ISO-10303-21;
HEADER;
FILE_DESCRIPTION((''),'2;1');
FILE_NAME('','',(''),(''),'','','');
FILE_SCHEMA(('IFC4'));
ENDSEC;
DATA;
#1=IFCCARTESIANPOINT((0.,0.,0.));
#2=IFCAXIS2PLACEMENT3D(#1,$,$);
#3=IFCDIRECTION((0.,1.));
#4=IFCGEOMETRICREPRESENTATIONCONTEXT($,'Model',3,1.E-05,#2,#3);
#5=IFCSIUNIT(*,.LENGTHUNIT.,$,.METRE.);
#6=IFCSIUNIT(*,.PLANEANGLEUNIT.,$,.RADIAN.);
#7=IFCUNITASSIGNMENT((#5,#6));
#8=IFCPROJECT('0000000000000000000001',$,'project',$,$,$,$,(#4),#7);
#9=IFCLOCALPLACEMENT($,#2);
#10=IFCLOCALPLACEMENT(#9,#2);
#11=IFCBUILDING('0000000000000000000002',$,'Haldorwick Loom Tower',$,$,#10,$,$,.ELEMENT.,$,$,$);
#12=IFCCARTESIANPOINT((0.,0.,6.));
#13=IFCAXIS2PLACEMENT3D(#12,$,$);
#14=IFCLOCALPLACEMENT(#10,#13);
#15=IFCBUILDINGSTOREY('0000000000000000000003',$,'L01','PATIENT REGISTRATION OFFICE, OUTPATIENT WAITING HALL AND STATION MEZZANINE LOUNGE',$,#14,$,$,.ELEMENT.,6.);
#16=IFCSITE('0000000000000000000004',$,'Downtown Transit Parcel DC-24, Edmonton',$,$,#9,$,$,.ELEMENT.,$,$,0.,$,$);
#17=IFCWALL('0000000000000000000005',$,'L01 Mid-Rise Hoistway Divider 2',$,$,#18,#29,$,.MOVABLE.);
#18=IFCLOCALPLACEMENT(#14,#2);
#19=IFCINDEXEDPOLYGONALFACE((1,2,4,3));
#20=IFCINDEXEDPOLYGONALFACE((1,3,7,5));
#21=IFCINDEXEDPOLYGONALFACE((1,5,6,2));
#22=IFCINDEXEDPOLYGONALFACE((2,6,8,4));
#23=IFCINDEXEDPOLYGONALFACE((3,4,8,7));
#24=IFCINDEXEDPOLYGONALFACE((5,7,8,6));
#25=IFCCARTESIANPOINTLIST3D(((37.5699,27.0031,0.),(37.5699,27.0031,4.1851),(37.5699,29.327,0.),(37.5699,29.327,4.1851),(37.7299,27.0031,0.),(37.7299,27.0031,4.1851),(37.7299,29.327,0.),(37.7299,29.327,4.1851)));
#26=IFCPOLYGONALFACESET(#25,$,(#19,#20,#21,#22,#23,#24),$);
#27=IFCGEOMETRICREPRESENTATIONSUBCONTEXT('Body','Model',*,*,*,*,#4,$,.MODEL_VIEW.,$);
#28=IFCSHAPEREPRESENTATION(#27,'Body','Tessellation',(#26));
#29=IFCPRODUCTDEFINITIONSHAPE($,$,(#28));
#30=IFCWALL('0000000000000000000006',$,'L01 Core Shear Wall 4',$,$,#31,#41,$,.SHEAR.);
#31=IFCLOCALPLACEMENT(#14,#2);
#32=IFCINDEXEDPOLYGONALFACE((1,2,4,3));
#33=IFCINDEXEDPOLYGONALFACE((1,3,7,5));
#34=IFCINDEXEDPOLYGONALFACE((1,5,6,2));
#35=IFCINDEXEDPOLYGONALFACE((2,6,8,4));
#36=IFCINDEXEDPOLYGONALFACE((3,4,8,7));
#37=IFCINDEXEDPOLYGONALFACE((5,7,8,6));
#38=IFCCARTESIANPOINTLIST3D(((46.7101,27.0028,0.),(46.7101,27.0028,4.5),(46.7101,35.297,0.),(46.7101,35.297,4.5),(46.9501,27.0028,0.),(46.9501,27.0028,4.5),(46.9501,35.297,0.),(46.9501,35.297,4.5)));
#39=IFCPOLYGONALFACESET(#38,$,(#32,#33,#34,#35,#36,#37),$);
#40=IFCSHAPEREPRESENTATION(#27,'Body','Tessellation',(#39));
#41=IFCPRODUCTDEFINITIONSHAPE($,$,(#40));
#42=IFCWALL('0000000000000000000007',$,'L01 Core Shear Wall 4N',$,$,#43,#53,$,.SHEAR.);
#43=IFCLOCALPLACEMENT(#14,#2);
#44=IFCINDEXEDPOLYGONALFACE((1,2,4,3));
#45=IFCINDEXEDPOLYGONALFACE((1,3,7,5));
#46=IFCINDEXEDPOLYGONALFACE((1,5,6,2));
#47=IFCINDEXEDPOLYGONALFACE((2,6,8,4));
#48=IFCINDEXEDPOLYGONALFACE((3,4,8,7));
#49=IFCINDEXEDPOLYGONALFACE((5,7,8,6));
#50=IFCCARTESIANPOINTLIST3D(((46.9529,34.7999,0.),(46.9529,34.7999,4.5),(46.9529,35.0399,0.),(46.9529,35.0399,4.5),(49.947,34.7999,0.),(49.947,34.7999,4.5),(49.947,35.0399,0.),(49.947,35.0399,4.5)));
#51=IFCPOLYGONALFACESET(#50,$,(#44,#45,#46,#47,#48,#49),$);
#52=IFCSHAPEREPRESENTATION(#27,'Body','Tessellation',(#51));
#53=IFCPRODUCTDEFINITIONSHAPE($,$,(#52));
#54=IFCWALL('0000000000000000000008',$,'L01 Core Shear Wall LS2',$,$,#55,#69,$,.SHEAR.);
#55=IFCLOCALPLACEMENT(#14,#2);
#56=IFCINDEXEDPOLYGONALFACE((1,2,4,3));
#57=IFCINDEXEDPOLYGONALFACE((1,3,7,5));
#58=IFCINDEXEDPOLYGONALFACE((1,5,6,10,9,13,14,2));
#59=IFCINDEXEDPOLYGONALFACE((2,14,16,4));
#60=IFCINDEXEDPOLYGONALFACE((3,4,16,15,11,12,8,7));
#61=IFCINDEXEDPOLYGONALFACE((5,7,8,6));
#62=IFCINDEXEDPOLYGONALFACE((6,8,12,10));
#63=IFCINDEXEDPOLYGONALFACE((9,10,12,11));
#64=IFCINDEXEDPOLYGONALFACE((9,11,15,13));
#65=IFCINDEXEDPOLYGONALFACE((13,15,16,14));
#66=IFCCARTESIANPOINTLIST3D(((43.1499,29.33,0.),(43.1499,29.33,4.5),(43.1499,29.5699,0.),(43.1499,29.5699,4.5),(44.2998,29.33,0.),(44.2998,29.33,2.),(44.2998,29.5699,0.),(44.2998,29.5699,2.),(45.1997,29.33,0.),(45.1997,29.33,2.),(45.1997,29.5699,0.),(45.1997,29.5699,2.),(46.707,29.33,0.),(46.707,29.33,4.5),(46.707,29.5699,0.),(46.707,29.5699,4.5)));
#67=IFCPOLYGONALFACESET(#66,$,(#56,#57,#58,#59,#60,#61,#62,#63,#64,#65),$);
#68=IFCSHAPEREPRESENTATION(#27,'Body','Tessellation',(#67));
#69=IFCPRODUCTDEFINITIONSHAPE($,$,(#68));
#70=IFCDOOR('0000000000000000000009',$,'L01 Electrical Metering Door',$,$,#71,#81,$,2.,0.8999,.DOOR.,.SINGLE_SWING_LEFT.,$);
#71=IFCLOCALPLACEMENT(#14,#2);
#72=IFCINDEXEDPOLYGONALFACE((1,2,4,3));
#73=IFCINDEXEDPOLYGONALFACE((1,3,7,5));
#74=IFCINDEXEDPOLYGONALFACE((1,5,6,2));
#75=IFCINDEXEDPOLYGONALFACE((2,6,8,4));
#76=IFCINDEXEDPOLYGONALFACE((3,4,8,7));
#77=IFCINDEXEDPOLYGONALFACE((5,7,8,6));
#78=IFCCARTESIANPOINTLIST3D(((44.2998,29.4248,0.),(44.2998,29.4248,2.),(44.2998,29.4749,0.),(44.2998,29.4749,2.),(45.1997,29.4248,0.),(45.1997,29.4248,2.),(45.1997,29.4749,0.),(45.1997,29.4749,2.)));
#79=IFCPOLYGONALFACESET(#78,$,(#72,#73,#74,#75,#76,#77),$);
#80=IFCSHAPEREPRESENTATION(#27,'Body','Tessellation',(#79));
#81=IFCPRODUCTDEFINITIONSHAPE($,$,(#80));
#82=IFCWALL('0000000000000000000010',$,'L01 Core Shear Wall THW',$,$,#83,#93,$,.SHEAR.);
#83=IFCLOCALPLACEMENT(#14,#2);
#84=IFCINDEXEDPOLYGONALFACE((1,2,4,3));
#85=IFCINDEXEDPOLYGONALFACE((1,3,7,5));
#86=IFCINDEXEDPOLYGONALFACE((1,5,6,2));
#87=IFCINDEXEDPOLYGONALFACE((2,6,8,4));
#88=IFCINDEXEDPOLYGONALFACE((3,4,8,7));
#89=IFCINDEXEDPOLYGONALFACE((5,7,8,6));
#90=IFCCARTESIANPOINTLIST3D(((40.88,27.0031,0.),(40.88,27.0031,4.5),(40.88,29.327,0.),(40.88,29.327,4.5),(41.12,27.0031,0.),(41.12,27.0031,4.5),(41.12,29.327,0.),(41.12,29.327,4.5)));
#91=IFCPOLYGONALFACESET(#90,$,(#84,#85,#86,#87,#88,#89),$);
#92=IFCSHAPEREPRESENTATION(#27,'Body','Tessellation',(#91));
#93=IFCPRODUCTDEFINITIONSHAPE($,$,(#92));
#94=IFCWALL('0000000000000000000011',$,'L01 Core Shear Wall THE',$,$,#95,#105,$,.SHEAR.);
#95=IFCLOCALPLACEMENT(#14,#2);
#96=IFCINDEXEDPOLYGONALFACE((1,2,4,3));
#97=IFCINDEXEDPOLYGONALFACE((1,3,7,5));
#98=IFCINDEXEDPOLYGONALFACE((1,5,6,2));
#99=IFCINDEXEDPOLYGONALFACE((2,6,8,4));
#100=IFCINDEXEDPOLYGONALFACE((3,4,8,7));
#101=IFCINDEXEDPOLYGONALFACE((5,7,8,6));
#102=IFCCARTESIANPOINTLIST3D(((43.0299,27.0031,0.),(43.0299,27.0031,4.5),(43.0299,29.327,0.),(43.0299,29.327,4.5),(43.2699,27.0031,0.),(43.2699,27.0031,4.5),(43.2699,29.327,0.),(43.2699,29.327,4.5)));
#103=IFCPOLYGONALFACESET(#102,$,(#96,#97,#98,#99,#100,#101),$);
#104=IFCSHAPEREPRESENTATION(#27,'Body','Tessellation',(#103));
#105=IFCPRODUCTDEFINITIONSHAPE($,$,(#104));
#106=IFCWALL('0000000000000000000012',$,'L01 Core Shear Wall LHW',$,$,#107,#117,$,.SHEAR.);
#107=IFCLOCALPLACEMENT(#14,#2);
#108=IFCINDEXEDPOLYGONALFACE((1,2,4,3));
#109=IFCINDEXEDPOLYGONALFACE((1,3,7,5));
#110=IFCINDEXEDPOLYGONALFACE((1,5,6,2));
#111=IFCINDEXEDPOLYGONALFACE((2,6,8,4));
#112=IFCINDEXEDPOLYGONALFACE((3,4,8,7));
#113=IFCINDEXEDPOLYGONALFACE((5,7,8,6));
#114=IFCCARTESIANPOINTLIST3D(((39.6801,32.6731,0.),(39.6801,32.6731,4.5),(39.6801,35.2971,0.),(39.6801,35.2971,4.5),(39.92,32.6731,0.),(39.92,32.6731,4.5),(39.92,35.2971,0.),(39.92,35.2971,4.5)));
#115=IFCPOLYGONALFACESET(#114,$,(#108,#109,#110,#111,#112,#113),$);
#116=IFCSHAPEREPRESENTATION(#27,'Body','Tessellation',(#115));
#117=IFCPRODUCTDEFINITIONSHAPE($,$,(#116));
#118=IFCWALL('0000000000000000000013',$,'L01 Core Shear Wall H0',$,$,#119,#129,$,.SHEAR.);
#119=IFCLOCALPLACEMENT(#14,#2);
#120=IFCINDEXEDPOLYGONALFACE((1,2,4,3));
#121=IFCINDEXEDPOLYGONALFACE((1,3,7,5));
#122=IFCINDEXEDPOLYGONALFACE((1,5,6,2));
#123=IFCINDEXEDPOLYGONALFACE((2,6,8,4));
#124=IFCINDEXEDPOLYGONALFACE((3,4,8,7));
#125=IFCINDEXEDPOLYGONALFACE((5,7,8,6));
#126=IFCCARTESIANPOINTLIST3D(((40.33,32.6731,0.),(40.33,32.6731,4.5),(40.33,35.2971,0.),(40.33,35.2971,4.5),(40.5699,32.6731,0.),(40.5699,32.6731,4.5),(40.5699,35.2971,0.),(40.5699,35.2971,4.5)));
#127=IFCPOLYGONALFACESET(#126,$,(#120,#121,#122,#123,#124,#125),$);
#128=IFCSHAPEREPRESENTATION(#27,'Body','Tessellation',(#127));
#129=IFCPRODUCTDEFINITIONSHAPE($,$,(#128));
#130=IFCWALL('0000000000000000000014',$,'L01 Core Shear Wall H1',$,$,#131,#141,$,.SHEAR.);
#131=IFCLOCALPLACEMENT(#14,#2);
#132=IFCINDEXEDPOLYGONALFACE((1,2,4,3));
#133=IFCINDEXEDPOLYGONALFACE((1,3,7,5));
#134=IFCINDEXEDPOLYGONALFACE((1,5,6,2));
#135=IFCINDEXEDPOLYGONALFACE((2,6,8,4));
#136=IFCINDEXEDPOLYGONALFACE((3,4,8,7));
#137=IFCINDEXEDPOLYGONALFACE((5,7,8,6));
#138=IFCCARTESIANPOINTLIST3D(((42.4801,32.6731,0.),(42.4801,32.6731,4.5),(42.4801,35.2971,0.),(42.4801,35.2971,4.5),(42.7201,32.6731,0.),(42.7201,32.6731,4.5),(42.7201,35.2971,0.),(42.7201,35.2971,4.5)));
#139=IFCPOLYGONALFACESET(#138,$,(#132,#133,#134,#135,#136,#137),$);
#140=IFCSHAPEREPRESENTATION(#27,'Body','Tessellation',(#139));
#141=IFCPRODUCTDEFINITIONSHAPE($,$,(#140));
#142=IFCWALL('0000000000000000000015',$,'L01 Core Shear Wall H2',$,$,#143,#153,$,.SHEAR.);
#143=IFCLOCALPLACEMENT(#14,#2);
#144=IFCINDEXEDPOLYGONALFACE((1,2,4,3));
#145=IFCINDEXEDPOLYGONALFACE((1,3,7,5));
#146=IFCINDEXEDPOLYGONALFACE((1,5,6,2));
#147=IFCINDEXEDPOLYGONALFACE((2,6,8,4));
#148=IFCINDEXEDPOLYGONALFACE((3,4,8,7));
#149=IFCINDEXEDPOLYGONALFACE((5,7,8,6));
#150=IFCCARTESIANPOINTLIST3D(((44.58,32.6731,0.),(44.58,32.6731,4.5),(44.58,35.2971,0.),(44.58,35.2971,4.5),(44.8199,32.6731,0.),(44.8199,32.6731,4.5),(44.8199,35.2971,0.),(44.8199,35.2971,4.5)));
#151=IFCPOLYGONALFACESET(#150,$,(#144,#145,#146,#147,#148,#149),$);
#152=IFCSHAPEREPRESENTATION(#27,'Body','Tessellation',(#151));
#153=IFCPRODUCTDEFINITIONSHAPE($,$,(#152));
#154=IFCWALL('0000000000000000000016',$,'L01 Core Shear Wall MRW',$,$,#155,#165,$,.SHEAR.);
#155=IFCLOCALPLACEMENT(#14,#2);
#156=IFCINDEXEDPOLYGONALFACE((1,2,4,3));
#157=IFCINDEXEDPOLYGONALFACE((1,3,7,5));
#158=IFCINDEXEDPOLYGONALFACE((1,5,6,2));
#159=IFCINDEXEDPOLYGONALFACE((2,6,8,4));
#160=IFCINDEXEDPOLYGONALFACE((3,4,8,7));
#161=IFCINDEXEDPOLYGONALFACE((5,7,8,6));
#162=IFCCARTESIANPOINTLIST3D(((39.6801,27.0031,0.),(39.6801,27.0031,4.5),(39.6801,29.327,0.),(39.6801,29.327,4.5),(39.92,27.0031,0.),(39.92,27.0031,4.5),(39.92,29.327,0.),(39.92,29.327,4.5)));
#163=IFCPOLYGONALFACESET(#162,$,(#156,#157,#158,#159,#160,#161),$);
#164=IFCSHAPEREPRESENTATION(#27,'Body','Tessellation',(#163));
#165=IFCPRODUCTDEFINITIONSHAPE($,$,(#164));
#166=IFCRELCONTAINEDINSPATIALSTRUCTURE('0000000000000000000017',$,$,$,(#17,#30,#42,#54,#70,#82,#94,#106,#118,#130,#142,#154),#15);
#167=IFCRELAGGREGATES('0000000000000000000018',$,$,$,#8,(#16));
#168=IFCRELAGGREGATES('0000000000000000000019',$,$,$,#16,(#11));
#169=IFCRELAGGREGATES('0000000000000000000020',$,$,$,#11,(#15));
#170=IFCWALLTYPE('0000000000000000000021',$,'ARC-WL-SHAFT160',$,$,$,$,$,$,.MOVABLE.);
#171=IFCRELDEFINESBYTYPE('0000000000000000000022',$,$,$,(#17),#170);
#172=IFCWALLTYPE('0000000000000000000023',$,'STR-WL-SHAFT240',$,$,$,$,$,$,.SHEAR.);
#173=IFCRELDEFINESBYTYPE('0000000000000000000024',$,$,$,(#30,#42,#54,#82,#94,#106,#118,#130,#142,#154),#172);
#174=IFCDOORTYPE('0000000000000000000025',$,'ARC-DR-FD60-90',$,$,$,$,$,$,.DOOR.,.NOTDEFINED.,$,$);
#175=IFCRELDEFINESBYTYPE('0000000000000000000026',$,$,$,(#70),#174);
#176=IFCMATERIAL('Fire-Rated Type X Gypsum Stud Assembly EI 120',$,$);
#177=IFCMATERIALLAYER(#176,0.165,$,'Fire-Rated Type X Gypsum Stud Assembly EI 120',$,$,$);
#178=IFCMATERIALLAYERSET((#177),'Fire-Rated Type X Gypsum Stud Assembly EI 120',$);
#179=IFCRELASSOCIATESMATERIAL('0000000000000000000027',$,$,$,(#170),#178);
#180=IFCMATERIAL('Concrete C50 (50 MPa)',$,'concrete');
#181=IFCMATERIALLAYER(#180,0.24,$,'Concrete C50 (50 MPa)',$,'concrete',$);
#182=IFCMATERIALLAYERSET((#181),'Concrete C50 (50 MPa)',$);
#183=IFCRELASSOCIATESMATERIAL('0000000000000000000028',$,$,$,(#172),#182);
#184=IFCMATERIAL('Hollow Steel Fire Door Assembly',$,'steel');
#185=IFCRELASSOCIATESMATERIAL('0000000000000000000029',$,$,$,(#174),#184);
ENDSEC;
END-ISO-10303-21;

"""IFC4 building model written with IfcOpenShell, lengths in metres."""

from ifc_helpers import new_model, si_unit, direction, frame, frame_2d, origin, place, context, subcontext, project, spatial, rectangle, extrude, material, layer, layer_set, type_object, element, fill, save


model = new_model("IFC4")

# Units and contexts
model_context = context("Model", 3, precision=1e-05, world=origin(), true_north=direction((0.0, 1.0)))
body_context = subcontext(model_context, "Body", "Model", "MODEL_VIEW")
ifc_project = project(units=[si_unit("LENGTHUNIT", "METRE"), si_unit("PLANEANGLEUNIT", "RADIAN")], contexts=[model_context])

# Site, building, storey
site_placement = place(None, origin())
site = spatial("IfcSite", under=ifc_project, at=site_placement, Name="Downtown Transit Parcel DC-24, Edmonton", CompositionType="ELEMENT", RefElevation=0.0)
building_placement = place(site_placement, origin())
building = spatial("IfcBuilding", under=site, at=building_placement, Name="Haldorwick Loom Tower", CompositionType="ELEMENT")
storey_placement = place(building_placement, frame((0.0, 0.0, 6.0)))
storey = spatial("IfcBuildingStorey", under=building, at=storey_placement, Name="L01", Description="PATIENT REGISTRATION OFFICE, OUTPATIENT WAITING HALL AND STATION MEZZANINE LOUNGE", CompositionType="ELEMENT", Elevation=6.0)

# Walls
ifc_material_1 = material(Name="Fire-Rated Type X Gypsum Stud Assembly EI 120")
ifc_layer_1 = layer(ifc_material_1, 0.165, Name="Fire-Rated Type X Gypsum Stud Assembly EI 120")
ifc_layer_set_1 = layer_set([ifc_layer_1], Name="Fire-Rated Type X Gypsum Stud Assembly EI 120")
wall_type_1 = type_object("IfcWallType", Name="ARC-WL-SHAFT160", PredefinedType="MOVABLE", material=ifc_layer_set_1)
for number, where, z_axis, x_axis, name in (
    (1, (37.6499, 27.0029, 0.0), (0.0, 0.0, 1.0), (0.0, 1.0, 0.0), "L01 Mid-Rise Hoistway Divider 2"),
):
    element("IfcWall", number, at=place(storey_placement, frame(where, z_axis=z_axis, x_axis=x_axis)), inside=storey, type_object=wall_type_1, Name=name, PredefinedType="MOVABLE", context=body_context, shape_type="SweptSolid", body=[
        extrude(rectangle(XDim=2.324, YDim=0.1599, at=frame_2d((1.1621, 0.0))), origin(), (0.0, 0.0, 1.0), 4.1851),
    ])
ifc_material_2 = material(Name="Concrete C50 (50 MPa)", Category="concrete")
ifc_layer_2 = layer(ifc_material_2, 0.24, Name="Concrete C50 (50 MPa)", Category="concrete")
ifc_layer_set_2 = layer_set([ifc_layer_2], Name="Concrete C50 (50 MPa)")
wall_type_2 = type_object("IfcWallType", Name="STR-WL-SHAFT240", PredefinedType="SHEAR", material=ifc_layer_set_2)
wall_1_placement = place(storey_placement, frame((46.8301, 27.0029, 0.0), z_axis=(0.0, 0.0, 1.0), x_axis=(0.0, 1.0, 0.0)))
element("IfcWall", 2, at=wall_1_placement, inside=storey, type_object=wall_type_2, Name="L01 Core Shear Wall 4", PredefinedType="SHEAR", context=body_context, shape_type="SweptSolid", body=[
    extrude(rectangle(XDim=8.2942, YDim=0.24, at=frame_2d((4.147, 0.0))), origin(), (0.0, 0.0, 1.0), 4.5),
])
wall_2_placement = place(storey_placement, frame((46.9529, 34.9199, 0.0), z_axis=(0.0, 0.0, 1.0), x_axis=(1.0, 0.0, 0.0)))
element("IfcWall", 3, at=wall_2_placement, inside=storey, type_object=wall_type_2, Name="L01 Core Shear Wall 4N", PredefinedType="SHEAR", context=body_context, shape_type="SweptSolid", body=[
    extrude(rectangle(XDim=2.9941, YDim=0.24, at=frame_2d((1.4971, 0.0))), origin(), (0.0, 0.0, 1.0), 4.5),
])

# Wall, opening, door
wall_3_placement = place(storey_placement, frame((43.1499, 29.45, 0.0), z_axis=(0.0, 0.0, 1.0), x_axis=(1.0, 0.0, 0.0)))
wall_3 = element("IfcWall", 4, at=wall_3_placement, inside=storey, type_object=wall_type_2, Name="L01 Core Shear Wall LS2", PredefinedType="SHEAR", context=body_context, shape_type="SweptSolid", body=[
    extrude(rectangle(XDim=3.5571, YDim=0.24, at=frame_2d((1.7786, 0.0))), origin(), (0.0, 0.0, 1.0), 4.5),
])
opening_placement = place(wall_3_placement, frame((1.1499, 0.0, 0.0)))
opening = element("IfcOpeningElement", 5, at=opening_placement, cuts=wall_3, PredefinedType="OPENING", context=body_context, shape_type="SweptSolid", body=[
    extrude(rectangle(XDim=0.8999, YDim=2.0, at=frame_2d((0.45, 1.0))), frame((0.0, 0.1299, 0.0), z_axis=(0.0, -1.0, 0.0), x_axis=(1.0, 0.0, 0.0)), (0.0, 0.0, 1.0), 0.26),
])
ifc_material_3 = material(Name="Hollow Steel Fire Door Assembly", Category="steel")
door_type = type_object("IfcDoorType", Name="ARC-DR-FD60-90", OperationType="NOTDEFINED", PredefinedType="DOOR", material=ifc_material_3)
door_placement = place(opening_placement, origin())
door = element("IfcDoor", 6, at=door_placement, inside=storey, type_object=door_type, Name="L01 Electrical Metering Door", OperationType="SINGLE_SWING_LEFT", OverallHeight=2.0, OverallWidth=0.8999, PredefinedType="DOOR", context=body_context, shape_type="SweptSolid", body=[
    extrude(rectangle(XDim=0.8999, YDim=2.0, at=frame_2d((0.45, 1.0))), frame((0.0, 0.0249, 0.0), z_axis=(0.0, -1.0, 0.0), x_axis=(1.0, 0.0, 0.0)), (0.0, 0.0, 1.0), 0.05),
])
fill(opening, door)

# Walls
for number, where, z_axis, x_axis, name in (
    (7, (41.0, 27.0029, 0.0), (0.0, 0.0, 1.0), (0.0, 1.0, 0.0), "L01 Core Shear Wall THW"),
    (8, (43.1499, 27.0029, 0.0), (0.0, 0.0, 1.0), (0.0, 1.0, 0.0), "L01 Core Shear Wall THE"),
):
    element("IfcWall", number, at=place(storey_placement, frame(where, z_axis=z_axis, x_axis=x_axis)), inside=storey, type_object=wall_type_2, Name=name, PredefinedType="SHEAR", context=body_context, shape_type="SweptSolid", body=[
        extrude(rectangle(XDim=2.324, YDim=0.24, at=frame_2d((1.1621, 0.0))), origin(), (0.0, 0.0, 1.0), 4.5),
    ])
for number, where, z_axis, x_axis, name in (
    (9, (39.8, 32.6731, 0.0), (0.0, 0.0, 1.0), (0.0, 1.0, 0.0), "L01 Core Shear Wall LHW"),
    (10, (40.45, 32.6731, 0.0), (0.0, 0.0, 1.0), (0.0, 1.0, 0.0), "L01 Core Shear Wall H0"),
    (11, (42.6001, 32.6731, 0.0), (0.0, 0.0, 1.0), (0.0, 1.0, 0.0), "L01 Core Shear Wall H1"),
    (12, (44.7, 32.6731, 0.0), (0.0, 0.0, 1.0), (0.0, 1.0, 0.0), "L01 Core Shear Wall H2"),
):
    element("IfcWall", number, at=place(storey_placement, frame(where, z_axis=z_axis, x_axis=x_axis)), inside=storey, type_object=wall_type_2, Name=name, PredefinedType="SHEAR", context=body_context, shape_type="SweptSolid", body=[
        extrude(rectangle(XDim=2.624, YDim=0.24, at=frame_2d((1.312, 0.0))), origin(), (0.0, 0.0, 1.0), 4.5),
    ])
wall_4_placement = place(storey_placement, frame((39.8, 27.0029, 0.0), z_axis=(0.0, 0.0, 1.0), x_axis=(0.0, 1.0, 0.0)))
element("IfcWall", 13, at=wall_4_placement, inside=storey, type_object=wall_type_2, Name="L01 Core Shear Wall MRW", PredefinedType="SHEAR", context=body_context, shape_type="SweptSolid", body=[
    extrude(rectangle(XDim=2.324, YDim=0.24, at=frame_2d((1.1621, 0.0))), origin(), (0.0, 0.0, 1.0), 4.5),
])

save(model, "model.ifc")
